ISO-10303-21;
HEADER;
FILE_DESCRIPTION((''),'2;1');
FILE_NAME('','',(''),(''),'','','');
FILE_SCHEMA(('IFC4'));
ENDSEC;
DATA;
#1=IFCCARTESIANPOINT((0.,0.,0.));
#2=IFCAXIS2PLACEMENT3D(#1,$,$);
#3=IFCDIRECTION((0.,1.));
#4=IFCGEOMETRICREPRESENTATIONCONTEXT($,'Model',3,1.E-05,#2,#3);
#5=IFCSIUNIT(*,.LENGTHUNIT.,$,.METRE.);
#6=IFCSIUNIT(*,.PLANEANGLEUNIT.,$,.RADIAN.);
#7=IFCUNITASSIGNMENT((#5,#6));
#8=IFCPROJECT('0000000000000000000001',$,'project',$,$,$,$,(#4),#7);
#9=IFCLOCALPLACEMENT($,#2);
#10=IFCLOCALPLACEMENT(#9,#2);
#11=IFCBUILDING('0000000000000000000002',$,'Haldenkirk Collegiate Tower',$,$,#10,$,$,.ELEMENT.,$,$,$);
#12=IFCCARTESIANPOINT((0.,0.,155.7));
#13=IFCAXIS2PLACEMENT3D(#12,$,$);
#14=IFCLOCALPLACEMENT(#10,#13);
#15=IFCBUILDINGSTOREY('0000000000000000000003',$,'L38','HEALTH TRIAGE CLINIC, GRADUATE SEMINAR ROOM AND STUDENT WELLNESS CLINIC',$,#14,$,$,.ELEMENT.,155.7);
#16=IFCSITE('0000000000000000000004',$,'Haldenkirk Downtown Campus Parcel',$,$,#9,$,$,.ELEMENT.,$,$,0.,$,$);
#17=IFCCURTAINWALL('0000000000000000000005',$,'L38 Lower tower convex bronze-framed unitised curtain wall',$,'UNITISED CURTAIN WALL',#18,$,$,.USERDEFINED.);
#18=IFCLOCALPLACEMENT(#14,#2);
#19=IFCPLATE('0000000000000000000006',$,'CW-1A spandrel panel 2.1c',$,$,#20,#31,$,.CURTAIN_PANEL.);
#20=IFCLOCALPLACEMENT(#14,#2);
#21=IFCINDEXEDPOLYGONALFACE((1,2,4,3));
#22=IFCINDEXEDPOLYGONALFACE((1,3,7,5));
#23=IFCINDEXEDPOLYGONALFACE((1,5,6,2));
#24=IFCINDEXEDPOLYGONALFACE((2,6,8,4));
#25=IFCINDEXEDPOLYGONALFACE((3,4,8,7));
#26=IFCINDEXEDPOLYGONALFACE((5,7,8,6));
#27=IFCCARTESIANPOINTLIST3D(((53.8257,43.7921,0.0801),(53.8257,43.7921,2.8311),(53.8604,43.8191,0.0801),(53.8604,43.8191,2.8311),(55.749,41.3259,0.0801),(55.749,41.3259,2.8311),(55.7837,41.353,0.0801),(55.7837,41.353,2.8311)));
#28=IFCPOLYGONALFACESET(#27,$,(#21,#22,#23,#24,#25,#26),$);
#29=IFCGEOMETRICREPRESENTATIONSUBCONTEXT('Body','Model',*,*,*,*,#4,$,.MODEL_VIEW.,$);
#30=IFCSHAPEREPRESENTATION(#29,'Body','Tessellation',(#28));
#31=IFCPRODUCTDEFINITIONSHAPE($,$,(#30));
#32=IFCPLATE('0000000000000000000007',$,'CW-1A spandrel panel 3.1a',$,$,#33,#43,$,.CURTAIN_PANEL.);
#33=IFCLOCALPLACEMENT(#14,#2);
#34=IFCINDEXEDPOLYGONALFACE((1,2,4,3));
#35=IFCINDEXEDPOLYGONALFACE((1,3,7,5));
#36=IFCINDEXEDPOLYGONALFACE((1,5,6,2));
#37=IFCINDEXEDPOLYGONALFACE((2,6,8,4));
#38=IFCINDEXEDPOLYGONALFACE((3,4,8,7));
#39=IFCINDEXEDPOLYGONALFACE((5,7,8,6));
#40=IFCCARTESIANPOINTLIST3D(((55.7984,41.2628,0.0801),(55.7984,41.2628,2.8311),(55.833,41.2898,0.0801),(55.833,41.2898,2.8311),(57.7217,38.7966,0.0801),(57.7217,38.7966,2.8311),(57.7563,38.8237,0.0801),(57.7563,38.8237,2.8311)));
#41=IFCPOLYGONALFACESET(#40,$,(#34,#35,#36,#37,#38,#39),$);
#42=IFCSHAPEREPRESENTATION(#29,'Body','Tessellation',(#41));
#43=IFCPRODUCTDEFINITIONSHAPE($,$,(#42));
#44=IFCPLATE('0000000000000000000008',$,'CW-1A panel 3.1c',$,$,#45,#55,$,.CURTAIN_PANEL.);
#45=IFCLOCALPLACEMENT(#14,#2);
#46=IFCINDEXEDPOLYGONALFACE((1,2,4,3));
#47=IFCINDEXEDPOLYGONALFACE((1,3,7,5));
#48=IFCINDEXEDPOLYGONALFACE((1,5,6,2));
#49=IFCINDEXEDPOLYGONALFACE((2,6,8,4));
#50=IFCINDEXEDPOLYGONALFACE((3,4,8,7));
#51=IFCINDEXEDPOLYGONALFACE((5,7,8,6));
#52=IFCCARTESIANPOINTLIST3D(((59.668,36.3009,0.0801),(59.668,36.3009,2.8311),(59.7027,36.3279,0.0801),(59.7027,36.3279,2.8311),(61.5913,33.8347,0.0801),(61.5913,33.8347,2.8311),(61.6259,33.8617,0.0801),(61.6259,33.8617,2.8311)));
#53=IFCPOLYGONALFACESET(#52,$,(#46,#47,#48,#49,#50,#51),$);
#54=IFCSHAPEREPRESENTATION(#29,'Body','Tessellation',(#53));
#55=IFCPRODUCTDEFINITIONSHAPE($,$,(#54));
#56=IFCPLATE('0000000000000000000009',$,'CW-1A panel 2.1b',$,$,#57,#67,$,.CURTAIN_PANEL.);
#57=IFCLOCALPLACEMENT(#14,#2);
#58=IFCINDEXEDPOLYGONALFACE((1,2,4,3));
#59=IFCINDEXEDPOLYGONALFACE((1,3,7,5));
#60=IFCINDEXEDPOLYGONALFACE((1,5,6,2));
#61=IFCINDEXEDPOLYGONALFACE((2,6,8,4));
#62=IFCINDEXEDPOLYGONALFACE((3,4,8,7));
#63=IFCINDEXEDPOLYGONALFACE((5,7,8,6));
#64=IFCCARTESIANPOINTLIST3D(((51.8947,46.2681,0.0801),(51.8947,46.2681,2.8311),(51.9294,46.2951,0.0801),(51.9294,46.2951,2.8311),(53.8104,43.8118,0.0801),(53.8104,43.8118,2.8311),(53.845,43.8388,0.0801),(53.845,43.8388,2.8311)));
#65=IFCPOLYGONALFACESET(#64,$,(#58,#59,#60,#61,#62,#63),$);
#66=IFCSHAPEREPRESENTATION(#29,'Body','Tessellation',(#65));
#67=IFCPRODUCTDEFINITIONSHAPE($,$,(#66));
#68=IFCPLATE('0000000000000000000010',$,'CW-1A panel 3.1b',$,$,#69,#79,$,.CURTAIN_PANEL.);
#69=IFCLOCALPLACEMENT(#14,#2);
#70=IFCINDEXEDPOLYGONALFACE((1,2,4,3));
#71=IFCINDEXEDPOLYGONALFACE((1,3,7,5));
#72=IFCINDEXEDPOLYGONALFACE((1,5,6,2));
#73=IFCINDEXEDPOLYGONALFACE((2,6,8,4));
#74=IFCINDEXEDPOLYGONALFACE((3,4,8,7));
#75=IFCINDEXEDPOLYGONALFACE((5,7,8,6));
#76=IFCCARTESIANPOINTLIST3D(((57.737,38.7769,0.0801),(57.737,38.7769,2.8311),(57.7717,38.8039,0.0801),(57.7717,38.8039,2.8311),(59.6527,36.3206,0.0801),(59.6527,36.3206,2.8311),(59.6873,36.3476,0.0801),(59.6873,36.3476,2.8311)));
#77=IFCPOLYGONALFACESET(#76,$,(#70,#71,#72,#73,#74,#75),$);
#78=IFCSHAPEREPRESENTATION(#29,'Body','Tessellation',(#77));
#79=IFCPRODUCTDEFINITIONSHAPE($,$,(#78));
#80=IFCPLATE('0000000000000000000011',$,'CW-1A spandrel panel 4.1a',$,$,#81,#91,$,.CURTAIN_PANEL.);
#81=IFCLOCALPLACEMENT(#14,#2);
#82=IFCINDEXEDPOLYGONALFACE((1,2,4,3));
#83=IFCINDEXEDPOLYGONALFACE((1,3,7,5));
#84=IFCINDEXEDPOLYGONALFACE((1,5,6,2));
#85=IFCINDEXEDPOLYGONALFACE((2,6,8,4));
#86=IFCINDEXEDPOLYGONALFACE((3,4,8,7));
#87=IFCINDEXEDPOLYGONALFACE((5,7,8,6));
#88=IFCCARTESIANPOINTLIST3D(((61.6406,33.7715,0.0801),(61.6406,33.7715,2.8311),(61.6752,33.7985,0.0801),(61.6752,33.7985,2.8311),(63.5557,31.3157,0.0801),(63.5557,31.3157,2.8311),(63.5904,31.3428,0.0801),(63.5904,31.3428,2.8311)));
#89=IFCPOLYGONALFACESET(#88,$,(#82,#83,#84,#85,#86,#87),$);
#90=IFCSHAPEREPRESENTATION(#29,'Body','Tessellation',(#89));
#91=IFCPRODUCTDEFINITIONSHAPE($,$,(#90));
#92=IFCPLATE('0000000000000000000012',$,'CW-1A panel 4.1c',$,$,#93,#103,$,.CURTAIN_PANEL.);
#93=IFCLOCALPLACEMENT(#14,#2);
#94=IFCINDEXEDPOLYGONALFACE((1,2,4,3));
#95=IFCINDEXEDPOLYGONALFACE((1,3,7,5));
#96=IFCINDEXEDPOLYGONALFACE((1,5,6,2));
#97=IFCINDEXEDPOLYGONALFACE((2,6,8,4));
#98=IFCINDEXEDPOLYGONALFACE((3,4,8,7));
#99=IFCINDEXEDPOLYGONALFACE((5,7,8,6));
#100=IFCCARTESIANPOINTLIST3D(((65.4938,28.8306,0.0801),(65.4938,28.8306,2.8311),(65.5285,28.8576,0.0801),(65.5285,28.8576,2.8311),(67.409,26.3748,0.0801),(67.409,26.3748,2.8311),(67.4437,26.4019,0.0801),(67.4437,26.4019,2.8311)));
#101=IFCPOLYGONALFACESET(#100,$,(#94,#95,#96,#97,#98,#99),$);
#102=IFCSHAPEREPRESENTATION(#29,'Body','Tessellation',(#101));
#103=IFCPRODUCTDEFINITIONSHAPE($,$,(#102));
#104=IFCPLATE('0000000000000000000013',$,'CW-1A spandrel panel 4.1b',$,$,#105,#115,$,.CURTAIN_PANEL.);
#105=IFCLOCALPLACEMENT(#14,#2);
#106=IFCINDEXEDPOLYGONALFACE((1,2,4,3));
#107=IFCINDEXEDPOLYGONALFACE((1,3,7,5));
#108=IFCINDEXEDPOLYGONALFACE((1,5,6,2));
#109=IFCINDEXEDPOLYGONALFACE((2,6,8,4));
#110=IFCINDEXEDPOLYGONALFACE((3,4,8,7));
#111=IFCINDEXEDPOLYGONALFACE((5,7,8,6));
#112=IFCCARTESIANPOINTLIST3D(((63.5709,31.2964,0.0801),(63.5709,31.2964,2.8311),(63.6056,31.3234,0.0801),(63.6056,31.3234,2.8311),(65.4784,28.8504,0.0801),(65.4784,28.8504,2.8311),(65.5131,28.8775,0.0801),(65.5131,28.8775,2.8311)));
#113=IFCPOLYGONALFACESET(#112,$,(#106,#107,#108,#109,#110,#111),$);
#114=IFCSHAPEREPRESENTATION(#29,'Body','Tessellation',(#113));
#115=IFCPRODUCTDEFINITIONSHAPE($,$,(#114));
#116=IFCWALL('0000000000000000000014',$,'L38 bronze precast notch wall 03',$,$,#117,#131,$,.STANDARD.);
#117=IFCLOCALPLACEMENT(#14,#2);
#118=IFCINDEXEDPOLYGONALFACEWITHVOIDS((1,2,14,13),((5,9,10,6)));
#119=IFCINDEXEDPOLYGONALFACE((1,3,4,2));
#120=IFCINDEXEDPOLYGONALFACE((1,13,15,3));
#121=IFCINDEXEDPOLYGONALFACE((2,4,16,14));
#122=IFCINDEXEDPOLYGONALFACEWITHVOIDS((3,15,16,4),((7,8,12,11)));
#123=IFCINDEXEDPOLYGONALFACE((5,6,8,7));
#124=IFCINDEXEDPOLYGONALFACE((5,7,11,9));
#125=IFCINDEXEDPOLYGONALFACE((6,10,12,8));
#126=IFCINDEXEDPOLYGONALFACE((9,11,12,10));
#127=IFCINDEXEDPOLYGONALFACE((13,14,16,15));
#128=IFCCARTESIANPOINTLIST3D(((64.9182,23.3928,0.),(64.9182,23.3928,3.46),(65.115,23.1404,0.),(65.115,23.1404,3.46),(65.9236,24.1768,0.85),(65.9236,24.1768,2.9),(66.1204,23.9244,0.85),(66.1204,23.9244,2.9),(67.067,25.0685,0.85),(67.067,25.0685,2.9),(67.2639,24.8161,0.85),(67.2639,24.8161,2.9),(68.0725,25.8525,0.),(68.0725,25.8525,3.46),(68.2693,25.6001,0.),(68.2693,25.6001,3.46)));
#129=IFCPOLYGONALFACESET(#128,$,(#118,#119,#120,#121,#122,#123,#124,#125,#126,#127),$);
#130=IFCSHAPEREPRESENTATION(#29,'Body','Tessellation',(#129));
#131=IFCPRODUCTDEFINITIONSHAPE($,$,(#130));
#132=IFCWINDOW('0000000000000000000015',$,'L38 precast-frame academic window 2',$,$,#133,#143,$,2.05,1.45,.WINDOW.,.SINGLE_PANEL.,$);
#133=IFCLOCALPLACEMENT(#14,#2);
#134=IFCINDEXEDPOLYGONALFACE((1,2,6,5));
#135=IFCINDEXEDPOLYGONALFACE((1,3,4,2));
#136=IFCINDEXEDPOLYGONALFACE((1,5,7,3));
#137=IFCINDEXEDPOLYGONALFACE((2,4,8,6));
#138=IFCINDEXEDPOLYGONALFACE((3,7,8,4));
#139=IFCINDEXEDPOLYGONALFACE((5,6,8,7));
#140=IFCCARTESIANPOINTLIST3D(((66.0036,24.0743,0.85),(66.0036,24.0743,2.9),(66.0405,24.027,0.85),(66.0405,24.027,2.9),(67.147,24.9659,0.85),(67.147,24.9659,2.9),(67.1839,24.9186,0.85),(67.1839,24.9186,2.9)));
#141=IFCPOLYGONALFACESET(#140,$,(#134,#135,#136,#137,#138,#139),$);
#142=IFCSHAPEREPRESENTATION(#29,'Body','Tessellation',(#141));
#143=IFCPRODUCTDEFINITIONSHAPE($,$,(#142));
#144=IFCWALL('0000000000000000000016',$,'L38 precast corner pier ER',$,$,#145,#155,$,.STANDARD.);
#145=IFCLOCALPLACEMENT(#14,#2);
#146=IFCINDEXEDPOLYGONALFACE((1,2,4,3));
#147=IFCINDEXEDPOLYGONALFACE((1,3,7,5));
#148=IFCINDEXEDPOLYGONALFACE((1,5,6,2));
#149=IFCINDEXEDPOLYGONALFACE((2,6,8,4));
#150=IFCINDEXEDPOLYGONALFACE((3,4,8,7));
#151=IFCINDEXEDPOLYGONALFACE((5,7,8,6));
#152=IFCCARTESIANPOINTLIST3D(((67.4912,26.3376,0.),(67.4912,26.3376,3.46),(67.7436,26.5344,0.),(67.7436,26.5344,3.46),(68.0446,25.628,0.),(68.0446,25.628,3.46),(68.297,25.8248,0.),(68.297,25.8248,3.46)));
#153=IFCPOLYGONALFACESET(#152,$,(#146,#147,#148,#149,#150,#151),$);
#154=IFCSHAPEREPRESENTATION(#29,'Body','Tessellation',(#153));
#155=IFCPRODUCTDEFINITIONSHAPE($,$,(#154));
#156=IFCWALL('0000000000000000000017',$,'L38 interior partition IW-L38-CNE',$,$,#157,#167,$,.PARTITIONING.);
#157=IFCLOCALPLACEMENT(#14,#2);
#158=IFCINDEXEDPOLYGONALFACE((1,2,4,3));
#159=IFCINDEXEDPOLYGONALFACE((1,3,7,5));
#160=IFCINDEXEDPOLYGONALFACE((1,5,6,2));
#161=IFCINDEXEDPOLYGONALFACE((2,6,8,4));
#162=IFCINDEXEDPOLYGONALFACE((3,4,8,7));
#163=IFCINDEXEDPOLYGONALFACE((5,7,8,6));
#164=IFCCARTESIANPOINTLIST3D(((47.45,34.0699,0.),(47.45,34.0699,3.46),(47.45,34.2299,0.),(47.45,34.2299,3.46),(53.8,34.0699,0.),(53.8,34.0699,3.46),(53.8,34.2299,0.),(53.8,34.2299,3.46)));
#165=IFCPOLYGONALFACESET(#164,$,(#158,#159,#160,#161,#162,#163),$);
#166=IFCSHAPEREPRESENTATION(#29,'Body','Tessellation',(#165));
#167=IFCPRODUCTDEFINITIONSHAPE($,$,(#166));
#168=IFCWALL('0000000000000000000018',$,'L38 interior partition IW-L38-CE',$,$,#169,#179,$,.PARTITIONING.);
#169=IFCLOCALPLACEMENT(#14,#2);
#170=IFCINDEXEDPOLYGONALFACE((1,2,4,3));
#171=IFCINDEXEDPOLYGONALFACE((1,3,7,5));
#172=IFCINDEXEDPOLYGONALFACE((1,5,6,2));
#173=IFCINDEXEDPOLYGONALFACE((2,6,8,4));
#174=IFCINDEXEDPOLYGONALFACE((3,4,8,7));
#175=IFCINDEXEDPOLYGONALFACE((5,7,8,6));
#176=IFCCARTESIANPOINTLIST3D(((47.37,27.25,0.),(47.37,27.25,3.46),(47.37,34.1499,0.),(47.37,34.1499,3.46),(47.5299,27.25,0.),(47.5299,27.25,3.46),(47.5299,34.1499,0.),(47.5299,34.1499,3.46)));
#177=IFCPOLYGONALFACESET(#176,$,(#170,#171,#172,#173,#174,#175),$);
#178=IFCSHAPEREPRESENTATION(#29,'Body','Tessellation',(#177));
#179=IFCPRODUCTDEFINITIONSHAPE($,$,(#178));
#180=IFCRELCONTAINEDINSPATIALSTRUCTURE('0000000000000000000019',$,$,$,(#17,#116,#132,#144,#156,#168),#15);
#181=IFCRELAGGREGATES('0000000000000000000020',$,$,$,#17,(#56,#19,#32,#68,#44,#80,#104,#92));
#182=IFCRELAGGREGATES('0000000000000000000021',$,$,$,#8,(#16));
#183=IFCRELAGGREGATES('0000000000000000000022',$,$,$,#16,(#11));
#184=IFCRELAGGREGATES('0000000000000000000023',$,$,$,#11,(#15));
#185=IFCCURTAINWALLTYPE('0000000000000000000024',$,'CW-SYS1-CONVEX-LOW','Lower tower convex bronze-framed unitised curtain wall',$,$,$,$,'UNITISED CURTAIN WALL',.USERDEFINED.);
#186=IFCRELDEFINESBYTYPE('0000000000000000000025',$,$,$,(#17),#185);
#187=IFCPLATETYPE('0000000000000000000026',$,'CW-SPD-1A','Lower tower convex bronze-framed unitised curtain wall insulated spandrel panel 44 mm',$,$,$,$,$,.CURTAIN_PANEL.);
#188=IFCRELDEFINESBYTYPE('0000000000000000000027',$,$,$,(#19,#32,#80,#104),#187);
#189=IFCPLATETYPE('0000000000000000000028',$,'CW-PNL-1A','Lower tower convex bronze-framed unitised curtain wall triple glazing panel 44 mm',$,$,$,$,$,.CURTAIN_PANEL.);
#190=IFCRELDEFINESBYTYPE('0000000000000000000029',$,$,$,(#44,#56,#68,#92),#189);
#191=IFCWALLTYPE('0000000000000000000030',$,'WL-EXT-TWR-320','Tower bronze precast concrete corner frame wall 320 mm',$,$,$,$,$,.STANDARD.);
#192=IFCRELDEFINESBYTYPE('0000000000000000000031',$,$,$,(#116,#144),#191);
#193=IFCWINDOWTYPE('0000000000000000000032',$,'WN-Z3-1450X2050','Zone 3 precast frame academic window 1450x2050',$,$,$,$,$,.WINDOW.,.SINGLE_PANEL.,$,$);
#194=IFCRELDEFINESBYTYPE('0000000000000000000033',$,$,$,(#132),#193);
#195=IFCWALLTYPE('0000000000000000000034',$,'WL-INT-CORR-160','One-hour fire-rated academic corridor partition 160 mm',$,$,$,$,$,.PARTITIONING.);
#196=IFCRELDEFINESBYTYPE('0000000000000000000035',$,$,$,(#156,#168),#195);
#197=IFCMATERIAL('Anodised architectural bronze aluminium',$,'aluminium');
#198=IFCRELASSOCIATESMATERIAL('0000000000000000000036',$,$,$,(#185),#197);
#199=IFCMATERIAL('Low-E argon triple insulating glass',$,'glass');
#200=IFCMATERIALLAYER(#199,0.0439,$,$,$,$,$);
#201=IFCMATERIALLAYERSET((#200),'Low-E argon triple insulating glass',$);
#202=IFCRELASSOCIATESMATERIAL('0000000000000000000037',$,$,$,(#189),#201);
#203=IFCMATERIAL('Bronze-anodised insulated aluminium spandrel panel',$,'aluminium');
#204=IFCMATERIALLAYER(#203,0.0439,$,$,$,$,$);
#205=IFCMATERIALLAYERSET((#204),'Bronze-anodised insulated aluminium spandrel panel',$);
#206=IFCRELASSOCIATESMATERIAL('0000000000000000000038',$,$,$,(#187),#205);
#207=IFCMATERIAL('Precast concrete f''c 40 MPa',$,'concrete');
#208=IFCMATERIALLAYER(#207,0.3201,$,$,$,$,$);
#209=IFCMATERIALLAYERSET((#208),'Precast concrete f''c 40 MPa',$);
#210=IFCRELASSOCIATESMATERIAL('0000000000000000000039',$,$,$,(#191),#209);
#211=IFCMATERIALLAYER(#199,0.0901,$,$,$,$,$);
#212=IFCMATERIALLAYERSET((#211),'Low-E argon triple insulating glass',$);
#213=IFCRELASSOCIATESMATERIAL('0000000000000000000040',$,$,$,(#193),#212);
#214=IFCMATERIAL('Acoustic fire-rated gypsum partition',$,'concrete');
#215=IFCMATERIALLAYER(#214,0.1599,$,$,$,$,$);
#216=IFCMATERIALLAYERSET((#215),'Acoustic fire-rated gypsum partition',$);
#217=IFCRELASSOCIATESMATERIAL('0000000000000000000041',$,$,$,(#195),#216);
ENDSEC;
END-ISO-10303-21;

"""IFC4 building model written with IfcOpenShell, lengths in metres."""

from ifc_helpers import new_model, si_unit, direction, frame, frame_2d, origin, origin_2d, place, context, subcontext, project, spatial, rectangle, extrude, source, transform, mapped, material, layer, layer_set, type_object, element, fill, aggregate, save


model = new_model("IFC4")

# Units and contexts
model_context = context("Model", 3, precision=1e-05, world=origin(), true_north=direction((0.0, 1.0)))
body_context = subcontext(model_context, "Body", "Model", "MODEL_VIEW")
ifc_project = project(units=[si_unit("LENGTHUNIT", "METRE"), si_unit("PLANEANGLEUNIT", "RADIAN")], contexts=[model_context])

# Site, building, storey
site_placement = place(None, origin())
site = spatial("IfcSite", under=ifc_project, at=site_placement, Name="Haldenkirk Downtown Campus Parcel", CompositionType="ELEMENT", RefElevation=0.0)
building_placement = place(site_placement, origin())
building = spatial("IfcBuilding", under=site, at=building_placement, Name="Haldenkirk Collegiate Tower", CompositionType="ELEMENT")
storey_placement = place(building_placement, frame((0.0, 0.0, 155.7)))
storey = spatial("IfcBuildingStorey", under=building, at=storey_placement, Name="L38", Description="HEALTH TRIAGE CLINIC, GRADUATE SEMINAR ROOM AND STUDENT WELLNESS CLINIC", CompositionType="ELEMENT", Elevation=155.7)

# Curtain wall
ifc_material_1 = material(Name="Anodised architectural bronze aluminium", Category="aluminium")
curtain_wall_type = type_object("IfcCurtainWallType", Name="CW-SYS1-CONVEX-LOW", Description="Lower tower convex bronze-framed unitised curtain wall", ElementType="UNITISED CURTAIN WALL", PredefinedType="USERDEFINED", material=ifc_material_1)
curtain_wall_placement = place(storey_placement, origin())
curtain_wall = element("IfcCurtainWall", 1, at=curtain_wall_placement, inside=storey, type_object=curtain_wall_type, Name="L38 Lower tower convex bronze-framed unitised curtain wall", ObjectType="UNITISED CURTAIN WALL", PredefinedType="USERDEFINED")

# Plates
ifc_material_2 = material(Name="Low-E argon triple insulating glass", Category="glass")
ifc_layer_1 = layer(ifc_material_2, 0.0439)
ifc_layer_set_1 = layer_set([ifc_layer_1], Name="Low-E argon triple insulating glass")
plate_type_1 = type_object("IfcPlateType", Name="CW-PNL-1A", Description="Lower tower convex bronze-framed unitised curtain wall triple glazing panel 44 mm", PredefinedType="CURTAIN_PANEL", material=ifc_layer_set_1)
shared_shape_1 = source(origin(), body_context, "Body", "SweptSolid", [
    extrude(rectangle(XDim=3.1274, YDim=0.0439, at=origin_2d()), origin(), (0.0, 0.0, 1.0), 2.751),
])
ifc_material_3 = material(Name="Bronze-anodised insulated aluminium spandrel panel", Category="aluminium")
ifc_layer_2 = layer(ifc_material_3, 0.0439)
ifc_layer_set_2 = layer_set([ifc_layer_2], Name="Bronze-anodised insulated aluminium spandrel panel")
plate_type_2 = type_object("IfcPlateType", Name="CW-SPD-1A", Description="Lower tower convex bronze-framed unitised curtain wall insulated spandrel panel 44 mm", PredefinedType="CURTAIN_PANEL", material=ifc_layer_set_2)
plate_1_placement = place(storey_placement, frame((54.8047, 42.5725, 0.0801), z_axis=(0.0, 0.0, 1.0), x_axis=(0.614974, -0.788548, 0.0)))
plate_1 = element("IfcPlate", 2, at=plate_1_placement, type_object=plate_type_2, Name="CW-1A spandrel panel 2.1c", PredefinedType="CURTAIN_PANEL", context=body_context, shape_type="MappedRepresentation", body=[
    mapped(shared_shape_1, transform((0.0, 0.0, 0.0), x_axis=(1.0, 0.0, 0.0), y_axis=(0.0, 1.0, 0.0), z_axis=(0.0, 0.0, 1.0), scale=1.0)),
])
plate_2_placement = place(storey_placement, frame((56.7773, 40.0432, 0.0801), z_axis=(0.0, 0.0, 1.0), x_axis=(0.614974, -0.788548, 0.0)))
plate_2 = element("IfcPlate", 3, at=plate_2_placement, type_object=plate_type_2, Name="CW-1A spandrel panel 3.1a", PredefinedType="CURTAIN_PANEL", context=body_context, shape_type="MappedRepresentation", body=[
    mapped(shared_shape_1, transform((0.0, 0.0, 0.0), x_axis=(1.0, 0.0, 0.0), y_axis=(0.0, 1.0, 0.0), z_axis=(0.0, 0.0, 1.0), scale=1.0)),
])
plate_3_placement = place(storey_placement, frame((60.647, 35.0813, 0.0801), z_axis=(0.0, 0.0, 1.0), x_axis=(0.614974, -0.788548, 0.0)))
plate_3 = element("IfcPlate", 4, at=plate_3_placement, type_object=plate_type_1, Name="CW-1A panel 3.1c", PredefinedType="CURTAIN_PANEL", context=body_context, shape_type="MappedRepresentation", body=[
    mapped(shared_shape_1, transform((0.0, 0.0, 0.0), x_axis=(1.0, 0.0, 0.0), y_axis=(0.0, 1.0, 0.0), z_axis=(0.0, 0.0, 1.0), scale=1.0)),
])
shared_shape_2 = source(origin(), body_context, "Body", "SweptSolid", [
    extrude(rectangle(XDim=3.115, YDim=0.0439, at=origin_2d()), origin(), (0.0, 0.0, 1.0), 2.751),
])
plate_4_placement = place(storey_placement, frame((52.8699, 45.0535, 0.0801), z_axis=(0.0, 0.0, 1.0), x_axis=(0.614974, -0.788548, 0.0)))
plate_4 = element("IfcPlate", 5, at=plate_4_placement, type_object=plate_type_1, Name="CW-1A panel 2.1b", PredefinedType="CURTAIN_PANEL", context=body_context, shape_type="MappedRepresentation", body=[
    mapped(shared_shape_2, transform((0.0, 0.0, 0.0), x_axis=(1.0, 0.0, 0.0), y_axis=(0.0, 1.0, 0.0), z_axis=(0.0, 0.0, 1.0), scale=1.0)),
])
plate_5_placement = place(storey_placement, frame((58.7122, 37.5623, 0.0801), z_axis=(0.0, 0.0, 1.0), x_axis=(0.614974, -0.788548, 0.0)))
plate_5 = element("IfcPlate", 6, at=plate_5_placement, type_object=plate_type_1, Name="CW-1A panel 3.1b", PredefinedType="CURTAIN_PANEL", context=body_context, shape_type="MappedRepresentation", body=[
    mapped(shared_shape_2, transform((0.0, 0.0, 0.0), x_axis=(1.0, 0.0, 0.0), y_axis=(0.0, 1.0, 0.0), z_axis=(0.0, 0.0, 1.0), scale=1.0)),
])
shared_shape_3 = source(origin(), body_context, "Body", "SweptSolid", [
    extrude(rectangle(XDim=3.1143, YDim=0.0439, at=origin_2d()), origin(), (0.0, 0.0, 1.0), 2.751),
])
plate_6_placement = place(storey_placement, frame((62.6155, 32.5571, 0.0801), z_axis=(0.0, 0.0, 1.0), x_axis=(0.614974, -0.788548, 0.0)))
plate_6 = element("IfcPlate", 7, at=plate_6_placement, type_object=plate_type_2, Name="CW-1A spandrel panel 4.1a", PredefinedType="CURTAIN_PANEL", context=body_context, shape_type="MappedRepresentation", body=[
    mapped(shared_shape_3, transform((0.0, 0.0, 0.0), x_axis=(1.0, 0.0, 0.0), y_axis=(0.0, 1.0, 0.0), z_axis=(0.0, 0.0, 1.0), scale=1.0)),
])
plate_7_placement = place(storey_placement, frame((66.4688, 27.6162, 0.0801), z_axis=(0.0, 0.0, 1.0), x_axis=(0.614974, -0.788548, 0.0)))
plate_7 = element("IfcPlate", 8, at=plate_7_placement, type_object=plate_type_1, Name="CW-1A panel 4.1c", PredefinedType="CURTAIN_PANEL", context=body_context, shape_type="MappedRepresentation", body=[
    mapped(shared_shape_3, transform((0.0, 0.0, 0.0), x_axis=(1.0, 0.0, 0.0), y_axis=(0.0, 1.0, 0.0), z_axis=(0.0, 0.0, 1.0), scale=1.0)),
])
shared_shape_4 = source(origin(), body_context, "Body", "SweptSolid", [
    extrude(rectangle(XDim=3.1018, YDim=0.0439, at=origin_2d()), origin(), (0.0, 0.0, 1.0), 2.751),
])
plate_8_placement = place(storey_placement, frame((64.542, 30.0869, 0.0801), z_axis=(0.0, 0.0, 1.0), x_axis=(0.614974, -0.788548, 0.0)))
plate_8 = element("IfcPlate", 9, at=plate_8_placement, type_object=plate_type_2, Name="CW-1A spandrel panel 4.1b", PredefinedType="CURTAIN_PANEL", context=body_context, shape_type="MappedRepresentation", body=[
    mapped(shared_shape_4, transform((0.0, 0.0, 0.0), x_axis=(1.0, 0.0, 0.0), y_axis=(0.0, 1.0, 0.0), z_axis=(0.0, 0.0, 1.0), scale=1.0)),
])
aggregate(curtain_wall, [plate_4, plate_1, plate_2, plate_5, plate_3, plate_6, plate_8, plate_7])

# Wall, opening, window
ifc_material_4 = material(Name="Precast concrete f'c 40 MPa", Category="concrete")
ifc_layer_3 = layer(ifc_material_4, 0.3201)
ifc_layer_set_3 = layer_set([ifc_layer_3], Name="Precast concrete f'c 40 MPa")
wall_type_1 = type_object("IfcWallType", Name="WL-EXT-TWR-320", Description="Tower bronze precast concrete corner frame wall 320 mm", PredefinedType="STANDARD", material=ifc_layer_set_3)
wall_1_placement = place(storey_placement, frame((68.1709, 25.7263, 0.0), z_axis=(0.0, 0.0, 1.0), x_axis=(-0.788579, -0.614933, 0.0)))
wall_1 = element("IfcWall", 10, at=wall_1_placement, inside=storey, type_object=wall_type_1, Name="L38 bronze precast notch wall 03", PredefinedType="STANDARD", context=body_context, shape_type="SweptSolid", body=[
    extrude(rectangle(XDim=4.0, YDim=0.3201, at=frame_2d((2.0, 0.0))), origin(), (0.0, 0.0, 1.0), 3.46),
])
opening_placement = place(wall_1_placement, frame((1.2749, 0.0, 0.8501)))
opening = element("IfcOpeningElement", 11, at=opening_placement, cuts=wall_1, PredefinedType="OPENING", context=body_context, shape_type="SweptSolid", body=[
    extrude(rectangle(XDim=1.45, YDim=2.05, at=frame_2d((0.7251, 1.0249))), frame((0.0, 0.1699, 0.0), z_axis=(0.0, -1.0, 0.0), x_axis=(1.0, 0.0, 0.0)), (0.0, 0.0, 1.0), 0.3401),
])
ifc_layer_4 = layer(ifc_material_2, 0.0901)
ifc_layer_set_4 = layer_set([ifc_layer_4], Name="Low-E argon triple insulating glass")
window_type = type_object("IfcWindowType", Name="WN-Z3-1450X2050", Description="Zone 3 precast frame academic window 1450x2050", PartitioningType="SINGLE_PANEL", PredefinedType="WINDOW", material=ifc_layer_set_4)
window_placement = place(opening_placement, origin())
window = element("IfcWindow", 12, at=window_placement, inside=storey, type_object=window_type, Name="L38 precast-frame academic window 2", OverallHeight=2.05, OverallWidth=1.45, PartitioningType="SINGLE_PANEL", PredefinedType="WINDOW", context=body_context, shape_type="SweptSolid", body=[
    extrude(rectangle(XDim=1.45, YDim=2.05, at=frame_2d((0.7251, 1.0249))), frame((0.0, 0.03, 0.0), z_axis=(0.0, -1.0, 0.0), x_axis=(1.0, 0.0, 0.0)), (0.0, 0.0, 1.0), 0.0601),
])
fill(opening, window)

# Walls
wall_2_placement = place(storey_placement, frame((67.6174, 26.436, 0.0), z_axis=(0.0, 0.0, 1.0), x_axis=(0.614954, -0.788563, 0.0)))
element("IfcWall", 13, at=wall_2_placement, inside=storey, type_object=wall_type_1, Name="L38 precast corner pier ER", PredefinedType="STANDARD", context=body_context, shape_type="SweptSolid", body=[
    extrude(rectangle(XDim=0.8999, YDim=0.3201, at=frame_2d((0.45, 0.0))), origin(), (0.0, 0.0, 1.0), 3.46),
])
ifc_material_5 = material(Name="Acoustic fire-rated gypsum partition", Category="concrete")
ifc_layer_5 = layer(ifc_material_5, 0.1599)
ifc_layer_set_5 = layer_set([ifc_layer_5], Name="Acoustic fire-rated gypsum partition")
wall_type_2 = type_object("IfcWallType", Name="WL-INT-CORR-160", Description="One-hour fire-rated academic corridor partition 160 mm", PredefinedType="PARTITIONING", material=ifc_layer_set_5)
wall_3_placement = place(storey_placement, frame((47.45, 34.1499, 0.0), z_axis=(0.0, 0.0, 1.0), x_axis=(1.0, 0.0, 0.0)))
element("IfcWall", 14, at=wall_3_placement, inside=storey, type_object=wall_type_2, Name="L38 interior partition IW-L38-CNE", PredefinedType="PARTITIONING", context=body_context, shape_type="SweptSolid", body=[
    extrude(rectangle(XDim=6.3501, YDim=0.1599, at=frame_2d((3.175, 0.0))), origin(), (0.0, 0.0, 1.0), 3.46),
])
wall_4_placement = place(storey_placement, frame((47.45, 27.25, 0.0), z_axis=(0.0, 0.0, 1.0), x_axis=(0.0, 1.0, 0.0)))
element("IfcWall", 15, at=wall_4_placement, inside=storey, type_object=wall_type_2, Name="L38 interior partition IW-L38-CE", PredefinedType="PARTITIONING", context=body_context, shape_type="SweptSolid", body=[
    extrude(rectangle(XDim=6.8999, YDim=0.1599, at=frame_2d((3.45, 0.0))), origin(), (0.0, 0.0, 1.0), 3.46),
])

save(model, "model.ifc")
